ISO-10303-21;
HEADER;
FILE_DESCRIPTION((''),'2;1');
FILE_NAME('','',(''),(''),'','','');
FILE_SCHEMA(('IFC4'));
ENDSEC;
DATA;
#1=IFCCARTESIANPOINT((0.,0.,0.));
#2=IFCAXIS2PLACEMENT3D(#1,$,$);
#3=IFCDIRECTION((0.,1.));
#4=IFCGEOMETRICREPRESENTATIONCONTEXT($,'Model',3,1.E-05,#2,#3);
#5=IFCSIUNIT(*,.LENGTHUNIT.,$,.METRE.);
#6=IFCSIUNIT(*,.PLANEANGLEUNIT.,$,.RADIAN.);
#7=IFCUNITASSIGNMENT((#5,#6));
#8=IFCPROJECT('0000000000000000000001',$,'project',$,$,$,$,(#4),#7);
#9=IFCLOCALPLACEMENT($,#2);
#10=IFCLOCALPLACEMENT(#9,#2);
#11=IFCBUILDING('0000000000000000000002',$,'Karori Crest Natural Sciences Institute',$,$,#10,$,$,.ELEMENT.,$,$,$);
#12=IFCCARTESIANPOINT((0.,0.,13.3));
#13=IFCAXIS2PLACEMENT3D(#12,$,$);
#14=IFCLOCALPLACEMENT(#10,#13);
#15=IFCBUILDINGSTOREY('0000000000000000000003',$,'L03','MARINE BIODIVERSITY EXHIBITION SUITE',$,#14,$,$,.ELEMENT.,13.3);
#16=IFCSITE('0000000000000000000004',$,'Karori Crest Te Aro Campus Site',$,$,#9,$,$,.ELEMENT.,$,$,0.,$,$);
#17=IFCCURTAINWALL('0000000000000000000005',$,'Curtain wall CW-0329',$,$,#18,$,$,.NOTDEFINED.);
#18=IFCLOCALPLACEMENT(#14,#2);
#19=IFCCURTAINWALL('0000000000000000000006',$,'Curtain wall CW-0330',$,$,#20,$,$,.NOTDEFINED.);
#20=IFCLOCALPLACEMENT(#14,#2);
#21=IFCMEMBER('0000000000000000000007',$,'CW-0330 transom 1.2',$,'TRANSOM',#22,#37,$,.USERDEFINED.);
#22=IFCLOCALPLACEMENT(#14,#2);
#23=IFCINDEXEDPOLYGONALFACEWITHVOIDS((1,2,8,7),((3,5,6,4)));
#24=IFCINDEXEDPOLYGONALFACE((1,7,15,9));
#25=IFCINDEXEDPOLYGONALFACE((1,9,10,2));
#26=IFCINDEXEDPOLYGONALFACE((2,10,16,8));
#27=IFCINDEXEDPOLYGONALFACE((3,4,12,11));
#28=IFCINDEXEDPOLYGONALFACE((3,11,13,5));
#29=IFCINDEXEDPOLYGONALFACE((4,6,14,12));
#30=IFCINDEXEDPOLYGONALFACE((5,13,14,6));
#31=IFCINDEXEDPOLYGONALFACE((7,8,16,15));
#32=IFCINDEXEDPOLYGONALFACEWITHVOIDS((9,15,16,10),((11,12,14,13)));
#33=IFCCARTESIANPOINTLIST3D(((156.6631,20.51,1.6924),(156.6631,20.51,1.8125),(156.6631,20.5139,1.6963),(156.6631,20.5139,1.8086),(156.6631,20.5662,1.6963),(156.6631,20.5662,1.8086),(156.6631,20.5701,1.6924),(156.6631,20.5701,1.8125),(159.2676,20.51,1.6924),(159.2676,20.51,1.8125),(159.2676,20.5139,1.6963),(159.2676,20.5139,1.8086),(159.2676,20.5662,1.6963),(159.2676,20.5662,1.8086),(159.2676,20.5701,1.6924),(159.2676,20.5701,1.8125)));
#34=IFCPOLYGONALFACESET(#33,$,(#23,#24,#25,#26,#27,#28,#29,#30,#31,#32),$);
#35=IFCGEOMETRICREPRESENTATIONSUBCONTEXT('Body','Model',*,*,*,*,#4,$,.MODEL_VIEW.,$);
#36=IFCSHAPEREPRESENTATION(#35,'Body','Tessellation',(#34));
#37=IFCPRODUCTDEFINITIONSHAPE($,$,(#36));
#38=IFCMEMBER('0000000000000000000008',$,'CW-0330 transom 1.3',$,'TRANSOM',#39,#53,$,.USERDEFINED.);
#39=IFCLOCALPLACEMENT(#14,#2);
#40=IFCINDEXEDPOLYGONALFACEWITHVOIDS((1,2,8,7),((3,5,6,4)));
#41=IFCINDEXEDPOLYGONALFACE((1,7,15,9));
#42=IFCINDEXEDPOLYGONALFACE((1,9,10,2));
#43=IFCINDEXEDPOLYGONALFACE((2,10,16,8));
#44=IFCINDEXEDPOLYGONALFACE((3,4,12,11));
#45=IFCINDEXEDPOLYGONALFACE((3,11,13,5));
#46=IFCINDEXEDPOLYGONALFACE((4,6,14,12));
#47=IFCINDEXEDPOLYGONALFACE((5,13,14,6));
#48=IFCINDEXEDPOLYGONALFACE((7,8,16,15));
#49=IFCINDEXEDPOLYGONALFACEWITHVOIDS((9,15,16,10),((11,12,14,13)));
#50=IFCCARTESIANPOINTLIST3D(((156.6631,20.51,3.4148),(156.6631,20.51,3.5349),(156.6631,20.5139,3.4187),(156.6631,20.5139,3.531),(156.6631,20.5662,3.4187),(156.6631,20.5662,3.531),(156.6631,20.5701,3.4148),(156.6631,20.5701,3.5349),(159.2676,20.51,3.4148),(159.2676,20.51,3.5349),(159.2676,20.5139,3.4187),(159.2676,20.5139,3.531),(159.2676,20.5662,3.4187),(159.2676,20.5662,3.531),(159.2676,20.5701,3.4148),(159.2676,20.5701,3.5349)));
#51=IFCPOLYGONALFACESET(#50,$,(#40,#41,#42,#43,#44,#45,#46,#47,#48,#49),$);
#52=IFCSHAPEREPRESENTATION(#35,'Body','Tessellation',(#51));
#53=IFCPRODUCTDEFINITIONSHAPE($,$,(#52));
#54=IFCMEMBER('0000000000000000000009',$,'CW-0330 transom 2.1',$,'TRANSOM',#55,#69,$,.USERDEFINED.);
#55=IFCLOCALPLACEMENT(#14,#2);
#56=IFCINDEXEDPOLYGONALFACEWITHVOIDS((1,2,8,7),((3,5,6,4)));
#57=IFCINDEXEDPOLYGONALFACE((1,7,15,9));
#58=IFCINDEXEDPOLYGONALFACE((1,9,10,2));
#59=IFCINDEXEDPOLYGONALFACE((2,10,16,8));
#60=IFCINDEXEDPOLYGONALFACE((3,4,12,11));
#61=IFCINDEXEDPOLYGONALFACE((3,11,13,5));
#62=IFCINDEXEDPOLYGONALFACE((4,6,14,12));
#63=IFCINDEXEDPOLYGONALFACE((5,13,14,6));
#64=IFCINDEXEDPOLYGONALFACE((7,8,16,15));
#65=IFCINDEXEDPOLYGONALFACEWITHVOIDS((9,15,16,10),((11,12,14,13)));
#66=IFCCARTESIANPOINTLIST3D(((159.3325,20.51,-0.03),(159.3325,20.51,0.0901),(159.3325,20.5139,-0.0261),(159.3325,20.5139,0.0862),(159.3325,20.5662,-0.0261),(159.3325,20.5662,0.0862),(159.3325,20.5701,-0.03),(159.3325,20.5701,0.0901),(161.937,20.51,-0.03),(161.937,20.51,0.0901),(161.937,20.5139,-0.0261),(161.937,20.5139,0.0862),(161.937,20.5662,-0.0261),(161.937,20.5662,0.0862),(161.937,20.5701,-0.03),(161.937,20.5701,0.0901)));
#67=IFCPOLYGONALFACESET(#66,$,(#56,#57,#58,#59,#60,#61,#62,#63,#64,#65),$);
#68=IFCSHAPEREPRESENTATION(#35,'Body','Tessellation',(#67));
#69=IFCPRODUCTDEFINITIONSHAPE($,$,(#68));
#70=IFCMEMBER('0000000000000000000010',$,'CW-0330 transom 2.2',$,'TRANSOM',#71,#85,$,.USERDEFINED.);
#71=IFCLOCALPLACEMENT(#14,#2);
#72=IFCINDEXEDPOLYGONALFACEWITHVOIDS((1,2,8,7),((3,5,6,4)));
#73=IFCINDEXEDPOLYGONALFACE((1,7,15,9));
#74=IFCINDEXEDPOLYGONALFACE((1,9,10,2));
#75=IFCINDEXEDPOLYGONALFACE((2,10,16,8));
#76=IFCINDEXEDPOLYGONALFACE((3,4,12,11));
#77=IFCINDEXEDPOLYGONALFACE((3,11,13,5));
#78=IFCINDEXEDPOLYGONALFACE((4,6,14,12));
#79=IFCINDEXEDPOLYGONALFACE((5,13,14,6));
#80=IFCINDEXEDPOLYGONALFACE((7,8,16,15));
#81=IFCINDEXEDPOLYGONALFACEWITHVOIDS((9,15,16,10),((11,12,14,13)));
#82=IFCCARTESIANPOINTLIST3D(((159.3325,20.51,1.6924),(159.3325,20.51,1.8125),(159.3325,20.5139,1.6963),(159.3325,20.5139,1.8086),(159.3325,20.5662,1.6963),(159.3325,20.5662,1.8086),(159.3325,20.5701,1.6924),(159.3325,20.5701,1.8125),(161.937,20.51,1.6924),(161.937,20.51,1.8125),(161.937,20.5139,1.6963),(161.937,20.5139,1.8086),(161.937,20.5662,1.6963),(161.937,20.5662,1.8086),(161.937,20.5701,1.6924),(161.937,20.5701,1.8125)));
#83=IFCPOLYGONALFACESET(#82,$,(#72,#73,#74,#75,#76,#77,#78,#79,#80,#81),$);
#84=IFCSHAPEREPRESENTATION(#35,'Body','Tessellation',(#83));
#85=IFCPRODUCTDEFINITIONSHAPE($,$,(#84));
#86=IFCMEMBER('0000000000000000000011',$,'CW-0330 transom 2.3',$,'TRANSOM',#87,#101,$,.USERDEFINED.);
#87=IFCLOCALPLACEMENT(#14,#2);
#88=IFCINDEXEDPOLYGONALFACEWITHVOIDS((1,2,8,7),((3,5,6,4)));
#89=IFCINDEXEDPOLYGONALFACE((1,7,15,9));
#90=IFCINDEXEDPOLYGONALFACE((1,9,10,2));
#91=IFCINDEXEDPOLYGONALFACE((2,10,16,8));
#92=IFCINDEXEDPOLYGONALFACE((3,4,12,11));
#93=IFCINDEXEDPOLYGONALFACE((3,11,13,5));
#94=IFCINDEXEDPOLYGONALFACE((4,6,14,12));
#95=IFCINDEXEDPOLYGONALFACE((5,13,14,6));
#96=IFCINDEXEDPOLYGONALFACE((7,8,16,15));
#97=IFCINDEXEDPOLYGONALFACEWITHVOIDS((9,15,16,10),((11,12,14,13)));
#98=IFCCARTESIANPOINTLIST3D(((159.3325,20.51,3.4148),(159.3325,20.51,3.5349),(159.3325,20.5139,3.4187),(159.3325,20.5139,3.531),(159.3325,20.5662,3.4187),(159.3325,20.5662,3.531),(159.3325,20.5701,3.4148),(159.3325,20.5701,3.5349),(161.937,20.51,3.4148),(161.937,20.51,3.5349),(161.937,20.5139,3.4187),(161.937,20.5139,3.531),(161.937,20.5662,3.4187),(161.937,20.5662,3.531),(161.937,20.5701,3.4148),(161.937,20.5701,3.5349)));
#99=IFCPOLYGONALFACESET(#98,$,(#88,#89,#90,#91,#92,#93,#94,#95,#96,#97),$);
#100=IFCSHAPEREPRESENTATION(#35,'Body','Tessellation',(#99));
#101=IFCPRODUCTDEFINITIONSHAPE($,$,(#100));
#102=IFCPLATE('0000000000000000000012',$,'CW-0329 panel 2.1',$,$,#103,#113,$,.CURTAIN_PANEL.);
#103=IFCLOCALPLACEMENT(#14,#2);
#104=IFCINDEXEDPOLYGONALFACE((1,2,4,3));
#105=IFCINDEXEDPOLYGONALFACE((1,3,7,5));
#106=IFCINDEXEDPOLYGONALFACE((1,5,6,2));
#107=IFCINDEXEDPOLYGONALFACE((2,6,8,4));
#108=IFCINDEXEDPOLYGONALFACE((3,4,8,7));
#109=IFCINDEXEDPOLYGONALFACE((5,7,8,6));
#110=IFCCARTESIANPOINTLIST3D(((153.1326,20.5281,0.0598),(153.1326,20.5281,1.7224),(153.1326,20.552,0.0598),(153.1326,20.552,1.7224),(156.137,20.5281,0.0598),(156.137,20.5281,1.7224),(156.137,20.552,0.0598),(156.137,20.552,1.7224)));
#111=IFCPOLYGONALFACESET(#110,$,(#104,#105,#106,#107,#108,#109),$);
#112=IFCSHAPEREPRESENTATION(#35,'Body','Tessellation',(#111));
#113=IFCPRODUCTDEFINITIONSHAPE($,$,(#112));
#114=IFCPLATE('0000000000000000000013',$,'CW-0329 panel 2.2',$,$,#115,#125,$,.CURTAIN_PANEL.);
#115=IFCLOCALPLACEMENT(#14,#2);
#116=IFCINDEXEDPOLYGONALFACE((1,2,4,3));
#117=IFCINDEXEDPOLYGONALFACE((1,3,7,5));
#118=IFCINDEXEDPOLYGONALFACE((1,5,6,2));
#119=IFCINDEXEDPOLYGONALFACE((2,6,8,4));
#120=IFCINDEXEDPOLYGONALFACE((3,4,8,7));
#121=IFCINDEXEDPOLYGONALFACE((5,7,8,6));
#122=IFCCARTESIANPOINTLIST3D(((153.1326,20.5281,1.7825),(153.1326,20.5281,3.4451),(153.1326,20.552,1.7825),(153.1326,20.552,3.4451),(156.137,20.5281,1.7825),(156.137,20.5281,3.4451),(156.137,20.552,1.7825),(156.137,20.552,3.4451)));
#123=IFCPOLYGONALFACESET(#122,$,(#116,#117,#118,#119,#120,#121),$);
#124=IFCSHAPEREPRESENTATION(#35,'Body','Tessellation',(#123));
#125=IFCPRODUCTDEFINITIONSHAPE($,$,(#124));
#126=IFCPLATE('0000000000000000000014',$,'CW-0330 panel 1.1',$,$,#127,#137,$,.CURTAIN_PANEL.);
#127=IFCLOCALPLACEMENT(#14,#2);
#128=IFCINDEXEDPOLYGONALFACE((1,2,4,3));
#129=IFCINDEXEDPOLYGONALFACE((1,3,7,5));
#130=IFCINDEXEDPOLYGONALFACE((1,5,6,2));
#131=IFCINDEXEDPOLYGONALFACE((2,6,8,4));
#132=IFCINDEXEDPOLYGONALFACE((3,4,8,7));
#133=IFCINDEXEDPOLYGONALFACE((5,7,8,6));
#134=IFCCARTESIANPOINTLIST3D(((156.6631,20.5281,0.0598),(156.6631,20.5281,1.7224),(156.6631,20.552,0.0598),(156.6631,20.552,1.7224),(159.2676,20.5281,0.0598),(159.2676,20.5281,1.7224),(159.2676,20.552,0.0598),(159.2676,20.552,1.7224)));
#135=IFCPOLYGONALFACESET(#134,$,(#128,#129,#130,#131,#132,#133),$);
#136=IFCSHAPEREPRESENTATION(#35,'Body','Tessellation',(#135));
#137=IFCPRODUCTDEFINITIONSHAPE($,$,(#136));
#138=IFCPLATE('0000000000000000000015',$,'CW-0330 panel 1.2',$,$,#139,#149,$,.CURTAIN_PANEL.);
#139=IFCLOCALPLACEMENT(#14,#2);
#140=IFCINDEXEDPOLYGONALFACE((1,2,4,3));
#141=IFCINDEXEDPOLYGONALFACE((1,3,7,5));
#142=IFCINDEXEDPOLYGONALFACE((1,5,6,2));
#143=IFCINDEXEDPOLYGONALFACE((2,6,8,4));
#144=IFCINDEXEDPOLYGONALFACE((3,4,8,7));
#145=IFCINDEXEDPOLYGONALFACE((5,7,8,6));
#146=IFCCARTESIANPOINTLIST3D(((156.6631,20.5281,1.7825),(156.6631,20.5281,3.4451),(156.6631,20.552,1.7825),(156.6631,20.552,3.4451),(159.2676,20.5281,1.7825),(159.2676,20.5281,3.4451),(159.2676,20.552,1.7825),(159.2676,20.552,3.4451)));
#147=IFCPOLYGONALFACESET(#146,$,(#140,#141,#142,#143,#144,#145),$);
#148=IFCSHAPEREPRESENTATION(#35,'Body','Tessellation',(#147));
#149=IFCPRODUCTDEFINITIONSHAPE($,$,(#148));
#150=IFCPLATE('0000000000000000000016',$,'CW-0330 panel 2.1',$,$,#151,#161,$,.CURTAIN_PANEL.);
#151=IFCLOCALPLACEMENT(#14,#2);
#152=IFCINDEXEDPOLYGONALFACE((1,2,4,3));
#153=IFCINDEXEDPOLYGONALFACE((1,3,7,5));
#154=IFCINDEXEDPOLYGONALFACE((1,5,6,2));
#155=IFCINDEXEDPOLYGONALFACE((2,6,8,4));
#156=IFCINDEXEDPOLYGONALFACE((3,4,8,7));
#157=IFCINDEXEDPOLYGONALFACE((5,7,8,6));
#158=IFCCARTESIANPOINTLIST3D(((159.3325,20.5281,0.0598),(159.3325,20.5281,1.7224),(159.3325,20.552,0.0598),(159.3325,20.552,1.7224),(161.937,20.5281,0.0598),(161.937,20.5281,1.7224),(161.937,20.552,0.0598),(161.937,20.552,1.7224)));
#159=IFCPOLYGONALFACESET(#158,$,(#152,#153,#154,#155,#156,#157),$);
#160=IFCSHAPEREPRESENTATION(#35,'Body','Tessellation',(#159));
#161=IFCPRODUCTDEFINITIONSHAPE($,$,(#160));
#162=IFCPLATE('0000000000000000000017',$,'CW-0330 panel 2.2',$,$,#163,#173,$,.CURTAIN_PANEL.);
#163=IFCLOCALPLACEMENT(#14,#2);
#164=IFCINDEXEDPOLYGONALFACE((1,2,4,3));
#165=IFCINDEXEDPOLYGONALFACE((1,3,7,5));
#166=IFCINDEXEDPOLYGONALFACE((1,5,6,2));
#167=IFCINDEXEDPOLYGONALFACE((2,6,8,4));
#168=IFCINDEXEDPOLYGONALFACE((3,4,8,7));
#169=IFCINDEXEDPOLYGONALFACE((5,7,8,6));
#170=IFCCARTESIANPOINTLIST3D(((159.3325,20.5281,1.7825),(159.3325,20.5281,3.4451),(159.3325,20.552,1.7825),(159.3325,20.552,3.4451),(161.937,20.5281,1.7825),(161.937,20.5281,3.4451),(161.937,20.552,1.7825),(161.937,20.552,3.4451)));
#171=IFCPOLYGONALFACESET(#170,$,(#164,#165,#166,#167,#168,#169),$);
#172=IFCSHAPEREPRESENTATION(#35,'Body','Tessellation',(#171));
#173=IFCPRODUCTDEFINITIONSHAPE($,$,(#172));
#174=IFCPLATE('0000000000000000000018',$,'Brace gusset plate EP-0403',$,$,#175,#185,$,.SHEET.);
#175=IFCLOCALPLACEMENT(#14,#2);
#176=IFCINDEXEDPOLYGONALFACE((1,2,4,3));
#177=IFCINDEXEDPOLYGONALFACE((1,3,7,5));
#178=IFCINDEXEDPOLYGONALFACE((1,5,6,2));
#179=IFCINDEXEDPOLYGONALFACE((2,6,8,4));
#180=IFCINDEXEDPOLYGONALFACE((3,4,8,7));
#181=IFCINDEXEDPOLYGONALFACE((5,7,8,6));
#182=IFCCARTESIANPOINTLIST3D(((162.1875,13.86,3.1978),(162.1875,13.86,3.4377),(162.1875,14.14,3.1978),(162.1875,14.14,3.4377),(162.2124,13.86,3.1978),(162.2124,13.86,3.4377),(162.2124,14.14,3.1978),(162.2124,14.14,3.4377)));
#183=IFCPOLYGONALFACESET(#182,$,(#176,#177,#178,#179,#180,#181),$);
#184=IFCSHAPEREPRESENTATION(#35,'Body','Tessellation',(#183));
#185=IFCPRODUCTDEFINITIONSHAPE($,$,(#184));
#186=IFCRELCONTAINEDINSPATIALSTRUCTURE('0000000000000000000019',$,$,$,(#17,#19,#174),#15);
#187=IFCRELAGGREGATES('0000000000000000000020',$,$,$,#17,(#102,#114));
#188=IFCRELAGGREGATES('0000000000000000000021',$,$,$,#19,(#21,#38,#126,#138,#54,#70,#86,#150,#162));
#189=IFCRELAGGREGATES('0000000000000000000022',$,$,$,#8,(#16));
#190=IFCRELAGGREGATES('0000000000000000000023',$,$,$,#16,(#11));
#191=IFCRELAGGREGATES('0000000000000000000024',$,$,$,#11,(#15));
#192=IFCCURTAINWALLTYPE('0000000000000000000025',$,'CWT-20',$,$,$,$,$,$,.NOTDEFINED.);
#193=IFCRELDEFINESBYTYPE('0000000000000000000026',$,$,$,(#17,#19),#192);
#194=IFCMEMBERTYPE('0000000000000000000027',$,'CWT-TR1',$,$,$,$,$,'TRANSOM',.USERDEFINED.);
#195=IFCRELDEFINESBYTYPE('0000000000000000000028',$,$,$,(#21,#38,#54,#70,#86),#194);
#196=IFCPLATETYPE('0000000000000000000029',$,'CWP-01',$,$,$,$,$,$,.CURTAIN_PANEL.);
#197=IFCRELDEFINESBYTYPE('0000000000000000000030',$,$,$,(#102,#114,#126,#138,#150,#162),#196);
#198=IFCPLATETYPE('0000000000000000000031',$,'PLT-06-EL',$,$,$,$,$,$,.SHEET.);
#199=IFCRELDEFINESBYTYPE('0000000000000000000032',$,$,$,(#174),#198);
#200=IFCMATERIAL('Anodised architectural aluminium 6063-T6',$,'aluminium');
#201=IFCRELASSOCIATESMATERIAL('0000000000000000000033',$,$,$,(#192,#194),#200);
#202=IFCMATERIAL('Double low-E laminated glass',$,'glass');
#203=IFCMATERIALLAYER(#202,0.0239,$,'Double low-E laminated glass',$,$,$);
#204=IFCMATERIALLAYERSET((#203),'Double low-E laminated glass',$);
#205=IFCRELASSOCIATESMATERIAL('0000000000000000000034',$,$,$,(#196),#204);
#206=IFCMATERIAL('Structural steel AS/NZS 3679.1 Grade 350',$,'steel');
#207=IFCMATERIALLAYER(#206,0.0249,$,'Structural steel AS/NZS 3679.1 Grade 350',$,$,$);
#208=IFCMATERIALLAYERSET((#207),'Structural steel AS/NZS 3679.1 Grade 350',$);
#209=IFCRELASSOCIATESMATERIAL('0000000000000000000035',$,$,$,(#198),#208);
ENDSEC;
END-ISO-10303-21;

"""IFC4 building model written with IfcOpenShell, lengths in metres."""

from ifc_helpers import new_model, si_unit, direction, frame, origin, origin_2d, place, context, subcontext, project, spatial, rectangle, hollow_rectangle, extrude, material, layer, layer_set, material_profile, profile_set, type_object, element, aggregate, save


model = new_model("IFC4")

# Units and contexts
model_context = context("Model", 3, precision=1e-05, world=origin(), true_north=direction((0.0, 1.0)))
body_context = subcontext(model_context, "Body", "Model", "MODEL_VIEW")
ifc_project = project(units=[si_unit("LENGTHUNIT", "METRE"), si_unit("PLANEANGLEUNIT", "RADIAN")], contexts=[model_context])

# Site, building, storey
site_placement = place(None, origin())
site = spatial("IfcSite", under=ifc_project, at=site_placement, Name="Karori Crest Te Aro Campus Site", CompositionType="ELEMENT", RefElevation=0.0)
building_placement = place(site_placement, origin())
building = spatial("IfcBuilding", under=site, at=building_placement, Name="Karori Crest Natural Sciences Institute", CompositionType="ELEMENT")
storey_placement = place(building_placement, frame((0.0, 0.0, 13.3)))
storey = spatial("IfcBuildingStorey", under=building, at=storey_placement, Name="L03", Description="MARINE BIODIVERSITY EXHIBITION SUITE", CompositionType="ELEMENT", Elevation=13.3)

# Shared definitions
ifc_material_1 = material(Name="Structural steel AS/NZS 3679.1 Grade 350", Category="steel")

# Curtain wall
ifc_material_2 = material(Name="Anodised architectural aluminium 6063-T6", Category="aluminium")
curtain_wall_type = type_object("IfcCurtainWallType", Name="CWT-20", PredefinedType="NOTDEFINED", material=ifc_material_2)
curtain_wall_1_placement = place(storey_placement, origin())
curtain_wall_1 = element("IfcCurtainWall", 1, at=curtain_wall_1_placement, inside=storey, type_object=curtain_wall_type, Name="Curtain wall CW-0329", PredefinedType="NOTDEFINED")

# Curtain wall, members
curtain_wall_2_placement = place(storey_placement, origin())
curtain_wall_2 = element("IfcCurtainWall", 2, at=curtain_wall_2_placement, inside=storey, type_object=curtain_wall_type, Name="Curtain wall CW-0330", PredefinedType="NOTDEFINED")
ifc_material_profile_1 = material_profile(ifc_material_2, hollow_rectangle(XDim=0.0601, YDim=0.1201, WallThickness=0.0039, at=origin_2d()), Name="CWT120x60x4")
ifc_profile_set_1 = profile_set([ifc_material_profile_1], Name="Anodised architectural aluminium 6063-T6")
member_type_1 = type_object("IfcMemberType", Name="CWT-TR1", ElementType="TRANSOM", PredefinedType="USERDEFINED", material=ifc_profile_set_1)
member_1_placement = place(storey_placement, frame((156.6631, 20.54, 1.7524), z_axis=(1.0, 0.0, 0.0), x_axis=(0.0, 1.0, 0.0)))
member_1 = element("IfcMember", 3, at=member_1_placement, type_object=member_type_1, Name="CW-0330 transom 1.2", ObjectType="TRANSOM", PredefinedType="USERDEFINED", context=body_context, shape_type="SweptSolid", body=[
    extrude(hollow_rectangle(XDim=0.0601, YDim=0.1201, WallThickness=0.0039, at=origin_2d()), origin(), (0.0, 0.0, 1.0), 2.6045),
])
member_2_placement = place(storey_placement, frame((156.6631, 20.54, 3.4749), z_axis=(1.0, 0.0, 0.0), x_axis=(0.0, 1.0, 0.0)))
member_2 = element("IfcMember", 4, at=member_2_placement, type_object=member_type_1, Name="CW-0330 transom 1.3", ObjectType="TRANSOM", PredefinedType="USERDEFINED", context=body_context, shape_type="SweptSolid", body=[
    extrude(hollow_rectangle(XDim=0.0601, YDim=0.1201, WallThickness=0.0039, at=origin_2d()), origin(), (0.0, 0.0, 1.0), 2.6045),
])
member_3_placement = place(storey_placement, frame((159.3325, 20.54, 0.03), z_axis=(1.0, 0.0, 0.0), x_axis=(0.0, 1.0, 0.0)))
member_3 = element("IfcMember", 5, at=member_3_placement, type_object=member_type_1, Name="CW-0330 transom 2.1", ObjectType="TRANSOM", PredefinedType="USERDEFINED", context=body_context, shape_type="SweptSolid", body=[
    extrude(hollow_rectangle(XDim=0.0601, YDim=0.1201, WallThickness=0.0039, at=origin_2d()), origin(), (0.0, 0.0, 1.0), 2.6045),
])
member_4_placement = place(storey_placement, frame((159.3325, 20.54, 1.7524), z_axis=(1.0, 0.0, 0.0), x_axis=(0.0, 1.0, 0.0)))
member_4 = element("IfcMember", 6, at=member_4_placement, type_object=member_type_1, Name="CW-0330 transom 2.2", ObjectType="TRANSOM", PredefinedType="USERDEFINED", context=body_context, shape_type="SweptSolid", body=[
    extrude(hollow_rectangle(XDim=0.0601, YDim=0.1201, WallThickness=0.0039, at=origin_2d()), origin(), (0.0, 0.0, 1.0), 2.6045),
])
member_5_placement = place(storey_placement, frame((159.3325, 20.54, 3.4749), z_axis=(1.0, 0.0, 0.0), x_axis=(0.0, 1.0, 0.0)))
member_5 = element("IfcMember", 7, at=member_5_placement, type_object=member_type_1, Name="CW-0330 transom 2.3", ObjectType="TRANSOM", PredefinedType="USERDEFINED", context=body_context, shape_type="SweptSolid", body=[
    extrude(hollow_rectangle(XDim=0.0601, YDim=0.1201, WallThickness=0.0039, at=origin_2d()), origin(), (0.0, 0.0, 1.0), 2.6045),
])

# Plates
ifc_material_3 = material(Name="Double low-E laminated glass", Category="glass")
ifc_layer_1 = layer(ifc_material_3, 0.0239, Name="Double low-E laminated glass")
ifc_layer_set_1 = layer_set([ifc_layer_1], Name="Double low-E laminated glass")
plate_type_1 = type_object("IfcPlateType", Name="CWP-01", PredefinedType="CURTAIN_PANEL", material=ifc_layer_set_1)
plate_1_placement = place(storey_placement, frame((154.6348, 20.54, 0.0598), z_axis=(0.0, 0.0, 1.0), x_axis=(1.0, 0.0, 0.0)))
plate_1 = element("IfcPlate", 8, at=plate_1_placement, type_object=plate_type_1, Name="CW-0329 panel 2.1", PredefinedType="CURTAIN_PANEL", context=body_context, shape_type="SweptSolid", body=[
    extrude(rectangle(XDim=3.0044, YDim=0.0239, at=origin_2d()), origin(), (0.0, 0.0, 1.0), 1.6626),
])
plate_2_placement = place(storey_placement, frame((154.6348, 20.54, 1.7825), z_axis=(0.0, 0.0, 1.0), x_axis=(1.0, 0.0, 0.0)))
plate_2 = element("IfcPlate", 9, at=plate_2_placement, type_object=plate_type_1, Name="CW-0329 panel 2.2", PredefinedType="CURTAIN_PANEL", context=body_context, shape_type="SweptSolid", body=[
    extrude(rectangle(XDim=3.0044, YDim=0.0239, at=origin_2d()), origin(), (0.0, 0.0, 1.0), 1.6626),
])
aggregate(curtain_wall_1, [plate_1, plate_2])
plate_3_placement = place(storey_placement, frame((157.9653, 20.54, 0.0598), z_axis=(0.0, 0.0, 1.0), x_axis=(1.0, 0.0, 0.0)))
plate_3 = element("IfcPlate", 10, at=plate_3_placement, type_object=plate_type_1, Name="CW-0330 panel 1.1", PredefinedType="CURTAIN_PANEL", context=body_context, shape_type="SweptSolid", body=[
    extrude(rectangle(XDim=2.6045, YDim=0.0239, at=origin_2d()), origin(), (0.0, 0.0, 1.0), 1.6626),
])
plate_4_placement = place(storey_placement, frame((157.9653, 20.54, 1.7825), z_axis=(0.0, 0.0, 1.0), x_axis=(1.0, 0.0, 0.0)))
plate_4 = element("IfcPlate", 11, at=plate_4_placement, type_object=plate_type_1, Name="CW-0330 panel 1.2", PredefinedType="CURTAIN_PANEL", context=body_context, shape_type="SweptSolid", body=[
    extrude(rectangle(XDim=2.6045, YDim=0.0239, at=origin_2d()), origin(), (0.0, 0.0, 1.0), 1.6626),
])
plate_5_placement = place(storey_placement, frame((160.6348, 20.54, 0.0598), z_axis=(0.0, 0.0, 1.0), x_axis=(1.0, 0.0, 0.0)))
plate_5 = element("IfcPlate", 12, at=plate_5_placement, type_object=plate_type_1, Name="CW-0330 panel 2.1", PredefinedType="CURTAIN_PANEL", context=body_context, shape_type="SweptSolid", body=[
    extrude(rectangle(XDim=2.6045, YDim=0.0239, at=origin_2d()), origin(), (0.0, 0.0, 1.0), 1.6626),
])
plate_6_placement = place(storey_placement, frame((160.6348, 20.54, 1.7825), z_axis=(0.0, 0.0, 1.0), x_axis=(1.0, 0.0, 0.0)))
plate_6 = element("IfcPlate", 13, at=plate_6_placement, type_object=plate_type_1, Name="CW-0330 panel 2.2", PredefinedType="CURTAIN_PANEL", context=body_context, shape_type="SweptSolid", body=[
    extrude(rectangle(XDim=2.6045, YDim=0.0239, at=origin_2d()), origin(), (0.0, 0.0, 1.0), 1.6626),
])
aggregate(curtain_wall_2, [member_1, member_2, plate_3, plate_4, member_3, member_4, member_5, plate_5, plate_6])
ifc_layer_2 = layer(ifc_material_1, 0.0249, Name="Structural steel AS/NZS 3679.1 Grade 350")
ifc_layer_set_2 = layer_set([ifc_layer_2], Name="Structural steel AS/NZS 3679.1 Grade 350")
plate_type_2 = type_object("IfcPlateType", Name="PLT-06-EL", PredefinedType="SHEET", material=ifc_layer_set_2)
plate_7_placement = place(storey_placement, frame((162.2, 14.0, 3.1978), z_axis=(0.0, 0.0, 1.0), x_axis=(0.0, 1.0, 0.0)))
element("IfcPlate", 14, at=plate_7_placement, inside=storey, type_object=plate_type_2, Name="Brace gusset plate EP-0403", PredefinedType="SHEET", context=body_context, shape_type="SweptSolid", body=[
    extrude(rectangle(XDim=0.28, YDim=0.0249, at=origin_2d()), origin(), (0.0, 0.0, 1.0), 0.24),
])

save(model, "model.ifc")
